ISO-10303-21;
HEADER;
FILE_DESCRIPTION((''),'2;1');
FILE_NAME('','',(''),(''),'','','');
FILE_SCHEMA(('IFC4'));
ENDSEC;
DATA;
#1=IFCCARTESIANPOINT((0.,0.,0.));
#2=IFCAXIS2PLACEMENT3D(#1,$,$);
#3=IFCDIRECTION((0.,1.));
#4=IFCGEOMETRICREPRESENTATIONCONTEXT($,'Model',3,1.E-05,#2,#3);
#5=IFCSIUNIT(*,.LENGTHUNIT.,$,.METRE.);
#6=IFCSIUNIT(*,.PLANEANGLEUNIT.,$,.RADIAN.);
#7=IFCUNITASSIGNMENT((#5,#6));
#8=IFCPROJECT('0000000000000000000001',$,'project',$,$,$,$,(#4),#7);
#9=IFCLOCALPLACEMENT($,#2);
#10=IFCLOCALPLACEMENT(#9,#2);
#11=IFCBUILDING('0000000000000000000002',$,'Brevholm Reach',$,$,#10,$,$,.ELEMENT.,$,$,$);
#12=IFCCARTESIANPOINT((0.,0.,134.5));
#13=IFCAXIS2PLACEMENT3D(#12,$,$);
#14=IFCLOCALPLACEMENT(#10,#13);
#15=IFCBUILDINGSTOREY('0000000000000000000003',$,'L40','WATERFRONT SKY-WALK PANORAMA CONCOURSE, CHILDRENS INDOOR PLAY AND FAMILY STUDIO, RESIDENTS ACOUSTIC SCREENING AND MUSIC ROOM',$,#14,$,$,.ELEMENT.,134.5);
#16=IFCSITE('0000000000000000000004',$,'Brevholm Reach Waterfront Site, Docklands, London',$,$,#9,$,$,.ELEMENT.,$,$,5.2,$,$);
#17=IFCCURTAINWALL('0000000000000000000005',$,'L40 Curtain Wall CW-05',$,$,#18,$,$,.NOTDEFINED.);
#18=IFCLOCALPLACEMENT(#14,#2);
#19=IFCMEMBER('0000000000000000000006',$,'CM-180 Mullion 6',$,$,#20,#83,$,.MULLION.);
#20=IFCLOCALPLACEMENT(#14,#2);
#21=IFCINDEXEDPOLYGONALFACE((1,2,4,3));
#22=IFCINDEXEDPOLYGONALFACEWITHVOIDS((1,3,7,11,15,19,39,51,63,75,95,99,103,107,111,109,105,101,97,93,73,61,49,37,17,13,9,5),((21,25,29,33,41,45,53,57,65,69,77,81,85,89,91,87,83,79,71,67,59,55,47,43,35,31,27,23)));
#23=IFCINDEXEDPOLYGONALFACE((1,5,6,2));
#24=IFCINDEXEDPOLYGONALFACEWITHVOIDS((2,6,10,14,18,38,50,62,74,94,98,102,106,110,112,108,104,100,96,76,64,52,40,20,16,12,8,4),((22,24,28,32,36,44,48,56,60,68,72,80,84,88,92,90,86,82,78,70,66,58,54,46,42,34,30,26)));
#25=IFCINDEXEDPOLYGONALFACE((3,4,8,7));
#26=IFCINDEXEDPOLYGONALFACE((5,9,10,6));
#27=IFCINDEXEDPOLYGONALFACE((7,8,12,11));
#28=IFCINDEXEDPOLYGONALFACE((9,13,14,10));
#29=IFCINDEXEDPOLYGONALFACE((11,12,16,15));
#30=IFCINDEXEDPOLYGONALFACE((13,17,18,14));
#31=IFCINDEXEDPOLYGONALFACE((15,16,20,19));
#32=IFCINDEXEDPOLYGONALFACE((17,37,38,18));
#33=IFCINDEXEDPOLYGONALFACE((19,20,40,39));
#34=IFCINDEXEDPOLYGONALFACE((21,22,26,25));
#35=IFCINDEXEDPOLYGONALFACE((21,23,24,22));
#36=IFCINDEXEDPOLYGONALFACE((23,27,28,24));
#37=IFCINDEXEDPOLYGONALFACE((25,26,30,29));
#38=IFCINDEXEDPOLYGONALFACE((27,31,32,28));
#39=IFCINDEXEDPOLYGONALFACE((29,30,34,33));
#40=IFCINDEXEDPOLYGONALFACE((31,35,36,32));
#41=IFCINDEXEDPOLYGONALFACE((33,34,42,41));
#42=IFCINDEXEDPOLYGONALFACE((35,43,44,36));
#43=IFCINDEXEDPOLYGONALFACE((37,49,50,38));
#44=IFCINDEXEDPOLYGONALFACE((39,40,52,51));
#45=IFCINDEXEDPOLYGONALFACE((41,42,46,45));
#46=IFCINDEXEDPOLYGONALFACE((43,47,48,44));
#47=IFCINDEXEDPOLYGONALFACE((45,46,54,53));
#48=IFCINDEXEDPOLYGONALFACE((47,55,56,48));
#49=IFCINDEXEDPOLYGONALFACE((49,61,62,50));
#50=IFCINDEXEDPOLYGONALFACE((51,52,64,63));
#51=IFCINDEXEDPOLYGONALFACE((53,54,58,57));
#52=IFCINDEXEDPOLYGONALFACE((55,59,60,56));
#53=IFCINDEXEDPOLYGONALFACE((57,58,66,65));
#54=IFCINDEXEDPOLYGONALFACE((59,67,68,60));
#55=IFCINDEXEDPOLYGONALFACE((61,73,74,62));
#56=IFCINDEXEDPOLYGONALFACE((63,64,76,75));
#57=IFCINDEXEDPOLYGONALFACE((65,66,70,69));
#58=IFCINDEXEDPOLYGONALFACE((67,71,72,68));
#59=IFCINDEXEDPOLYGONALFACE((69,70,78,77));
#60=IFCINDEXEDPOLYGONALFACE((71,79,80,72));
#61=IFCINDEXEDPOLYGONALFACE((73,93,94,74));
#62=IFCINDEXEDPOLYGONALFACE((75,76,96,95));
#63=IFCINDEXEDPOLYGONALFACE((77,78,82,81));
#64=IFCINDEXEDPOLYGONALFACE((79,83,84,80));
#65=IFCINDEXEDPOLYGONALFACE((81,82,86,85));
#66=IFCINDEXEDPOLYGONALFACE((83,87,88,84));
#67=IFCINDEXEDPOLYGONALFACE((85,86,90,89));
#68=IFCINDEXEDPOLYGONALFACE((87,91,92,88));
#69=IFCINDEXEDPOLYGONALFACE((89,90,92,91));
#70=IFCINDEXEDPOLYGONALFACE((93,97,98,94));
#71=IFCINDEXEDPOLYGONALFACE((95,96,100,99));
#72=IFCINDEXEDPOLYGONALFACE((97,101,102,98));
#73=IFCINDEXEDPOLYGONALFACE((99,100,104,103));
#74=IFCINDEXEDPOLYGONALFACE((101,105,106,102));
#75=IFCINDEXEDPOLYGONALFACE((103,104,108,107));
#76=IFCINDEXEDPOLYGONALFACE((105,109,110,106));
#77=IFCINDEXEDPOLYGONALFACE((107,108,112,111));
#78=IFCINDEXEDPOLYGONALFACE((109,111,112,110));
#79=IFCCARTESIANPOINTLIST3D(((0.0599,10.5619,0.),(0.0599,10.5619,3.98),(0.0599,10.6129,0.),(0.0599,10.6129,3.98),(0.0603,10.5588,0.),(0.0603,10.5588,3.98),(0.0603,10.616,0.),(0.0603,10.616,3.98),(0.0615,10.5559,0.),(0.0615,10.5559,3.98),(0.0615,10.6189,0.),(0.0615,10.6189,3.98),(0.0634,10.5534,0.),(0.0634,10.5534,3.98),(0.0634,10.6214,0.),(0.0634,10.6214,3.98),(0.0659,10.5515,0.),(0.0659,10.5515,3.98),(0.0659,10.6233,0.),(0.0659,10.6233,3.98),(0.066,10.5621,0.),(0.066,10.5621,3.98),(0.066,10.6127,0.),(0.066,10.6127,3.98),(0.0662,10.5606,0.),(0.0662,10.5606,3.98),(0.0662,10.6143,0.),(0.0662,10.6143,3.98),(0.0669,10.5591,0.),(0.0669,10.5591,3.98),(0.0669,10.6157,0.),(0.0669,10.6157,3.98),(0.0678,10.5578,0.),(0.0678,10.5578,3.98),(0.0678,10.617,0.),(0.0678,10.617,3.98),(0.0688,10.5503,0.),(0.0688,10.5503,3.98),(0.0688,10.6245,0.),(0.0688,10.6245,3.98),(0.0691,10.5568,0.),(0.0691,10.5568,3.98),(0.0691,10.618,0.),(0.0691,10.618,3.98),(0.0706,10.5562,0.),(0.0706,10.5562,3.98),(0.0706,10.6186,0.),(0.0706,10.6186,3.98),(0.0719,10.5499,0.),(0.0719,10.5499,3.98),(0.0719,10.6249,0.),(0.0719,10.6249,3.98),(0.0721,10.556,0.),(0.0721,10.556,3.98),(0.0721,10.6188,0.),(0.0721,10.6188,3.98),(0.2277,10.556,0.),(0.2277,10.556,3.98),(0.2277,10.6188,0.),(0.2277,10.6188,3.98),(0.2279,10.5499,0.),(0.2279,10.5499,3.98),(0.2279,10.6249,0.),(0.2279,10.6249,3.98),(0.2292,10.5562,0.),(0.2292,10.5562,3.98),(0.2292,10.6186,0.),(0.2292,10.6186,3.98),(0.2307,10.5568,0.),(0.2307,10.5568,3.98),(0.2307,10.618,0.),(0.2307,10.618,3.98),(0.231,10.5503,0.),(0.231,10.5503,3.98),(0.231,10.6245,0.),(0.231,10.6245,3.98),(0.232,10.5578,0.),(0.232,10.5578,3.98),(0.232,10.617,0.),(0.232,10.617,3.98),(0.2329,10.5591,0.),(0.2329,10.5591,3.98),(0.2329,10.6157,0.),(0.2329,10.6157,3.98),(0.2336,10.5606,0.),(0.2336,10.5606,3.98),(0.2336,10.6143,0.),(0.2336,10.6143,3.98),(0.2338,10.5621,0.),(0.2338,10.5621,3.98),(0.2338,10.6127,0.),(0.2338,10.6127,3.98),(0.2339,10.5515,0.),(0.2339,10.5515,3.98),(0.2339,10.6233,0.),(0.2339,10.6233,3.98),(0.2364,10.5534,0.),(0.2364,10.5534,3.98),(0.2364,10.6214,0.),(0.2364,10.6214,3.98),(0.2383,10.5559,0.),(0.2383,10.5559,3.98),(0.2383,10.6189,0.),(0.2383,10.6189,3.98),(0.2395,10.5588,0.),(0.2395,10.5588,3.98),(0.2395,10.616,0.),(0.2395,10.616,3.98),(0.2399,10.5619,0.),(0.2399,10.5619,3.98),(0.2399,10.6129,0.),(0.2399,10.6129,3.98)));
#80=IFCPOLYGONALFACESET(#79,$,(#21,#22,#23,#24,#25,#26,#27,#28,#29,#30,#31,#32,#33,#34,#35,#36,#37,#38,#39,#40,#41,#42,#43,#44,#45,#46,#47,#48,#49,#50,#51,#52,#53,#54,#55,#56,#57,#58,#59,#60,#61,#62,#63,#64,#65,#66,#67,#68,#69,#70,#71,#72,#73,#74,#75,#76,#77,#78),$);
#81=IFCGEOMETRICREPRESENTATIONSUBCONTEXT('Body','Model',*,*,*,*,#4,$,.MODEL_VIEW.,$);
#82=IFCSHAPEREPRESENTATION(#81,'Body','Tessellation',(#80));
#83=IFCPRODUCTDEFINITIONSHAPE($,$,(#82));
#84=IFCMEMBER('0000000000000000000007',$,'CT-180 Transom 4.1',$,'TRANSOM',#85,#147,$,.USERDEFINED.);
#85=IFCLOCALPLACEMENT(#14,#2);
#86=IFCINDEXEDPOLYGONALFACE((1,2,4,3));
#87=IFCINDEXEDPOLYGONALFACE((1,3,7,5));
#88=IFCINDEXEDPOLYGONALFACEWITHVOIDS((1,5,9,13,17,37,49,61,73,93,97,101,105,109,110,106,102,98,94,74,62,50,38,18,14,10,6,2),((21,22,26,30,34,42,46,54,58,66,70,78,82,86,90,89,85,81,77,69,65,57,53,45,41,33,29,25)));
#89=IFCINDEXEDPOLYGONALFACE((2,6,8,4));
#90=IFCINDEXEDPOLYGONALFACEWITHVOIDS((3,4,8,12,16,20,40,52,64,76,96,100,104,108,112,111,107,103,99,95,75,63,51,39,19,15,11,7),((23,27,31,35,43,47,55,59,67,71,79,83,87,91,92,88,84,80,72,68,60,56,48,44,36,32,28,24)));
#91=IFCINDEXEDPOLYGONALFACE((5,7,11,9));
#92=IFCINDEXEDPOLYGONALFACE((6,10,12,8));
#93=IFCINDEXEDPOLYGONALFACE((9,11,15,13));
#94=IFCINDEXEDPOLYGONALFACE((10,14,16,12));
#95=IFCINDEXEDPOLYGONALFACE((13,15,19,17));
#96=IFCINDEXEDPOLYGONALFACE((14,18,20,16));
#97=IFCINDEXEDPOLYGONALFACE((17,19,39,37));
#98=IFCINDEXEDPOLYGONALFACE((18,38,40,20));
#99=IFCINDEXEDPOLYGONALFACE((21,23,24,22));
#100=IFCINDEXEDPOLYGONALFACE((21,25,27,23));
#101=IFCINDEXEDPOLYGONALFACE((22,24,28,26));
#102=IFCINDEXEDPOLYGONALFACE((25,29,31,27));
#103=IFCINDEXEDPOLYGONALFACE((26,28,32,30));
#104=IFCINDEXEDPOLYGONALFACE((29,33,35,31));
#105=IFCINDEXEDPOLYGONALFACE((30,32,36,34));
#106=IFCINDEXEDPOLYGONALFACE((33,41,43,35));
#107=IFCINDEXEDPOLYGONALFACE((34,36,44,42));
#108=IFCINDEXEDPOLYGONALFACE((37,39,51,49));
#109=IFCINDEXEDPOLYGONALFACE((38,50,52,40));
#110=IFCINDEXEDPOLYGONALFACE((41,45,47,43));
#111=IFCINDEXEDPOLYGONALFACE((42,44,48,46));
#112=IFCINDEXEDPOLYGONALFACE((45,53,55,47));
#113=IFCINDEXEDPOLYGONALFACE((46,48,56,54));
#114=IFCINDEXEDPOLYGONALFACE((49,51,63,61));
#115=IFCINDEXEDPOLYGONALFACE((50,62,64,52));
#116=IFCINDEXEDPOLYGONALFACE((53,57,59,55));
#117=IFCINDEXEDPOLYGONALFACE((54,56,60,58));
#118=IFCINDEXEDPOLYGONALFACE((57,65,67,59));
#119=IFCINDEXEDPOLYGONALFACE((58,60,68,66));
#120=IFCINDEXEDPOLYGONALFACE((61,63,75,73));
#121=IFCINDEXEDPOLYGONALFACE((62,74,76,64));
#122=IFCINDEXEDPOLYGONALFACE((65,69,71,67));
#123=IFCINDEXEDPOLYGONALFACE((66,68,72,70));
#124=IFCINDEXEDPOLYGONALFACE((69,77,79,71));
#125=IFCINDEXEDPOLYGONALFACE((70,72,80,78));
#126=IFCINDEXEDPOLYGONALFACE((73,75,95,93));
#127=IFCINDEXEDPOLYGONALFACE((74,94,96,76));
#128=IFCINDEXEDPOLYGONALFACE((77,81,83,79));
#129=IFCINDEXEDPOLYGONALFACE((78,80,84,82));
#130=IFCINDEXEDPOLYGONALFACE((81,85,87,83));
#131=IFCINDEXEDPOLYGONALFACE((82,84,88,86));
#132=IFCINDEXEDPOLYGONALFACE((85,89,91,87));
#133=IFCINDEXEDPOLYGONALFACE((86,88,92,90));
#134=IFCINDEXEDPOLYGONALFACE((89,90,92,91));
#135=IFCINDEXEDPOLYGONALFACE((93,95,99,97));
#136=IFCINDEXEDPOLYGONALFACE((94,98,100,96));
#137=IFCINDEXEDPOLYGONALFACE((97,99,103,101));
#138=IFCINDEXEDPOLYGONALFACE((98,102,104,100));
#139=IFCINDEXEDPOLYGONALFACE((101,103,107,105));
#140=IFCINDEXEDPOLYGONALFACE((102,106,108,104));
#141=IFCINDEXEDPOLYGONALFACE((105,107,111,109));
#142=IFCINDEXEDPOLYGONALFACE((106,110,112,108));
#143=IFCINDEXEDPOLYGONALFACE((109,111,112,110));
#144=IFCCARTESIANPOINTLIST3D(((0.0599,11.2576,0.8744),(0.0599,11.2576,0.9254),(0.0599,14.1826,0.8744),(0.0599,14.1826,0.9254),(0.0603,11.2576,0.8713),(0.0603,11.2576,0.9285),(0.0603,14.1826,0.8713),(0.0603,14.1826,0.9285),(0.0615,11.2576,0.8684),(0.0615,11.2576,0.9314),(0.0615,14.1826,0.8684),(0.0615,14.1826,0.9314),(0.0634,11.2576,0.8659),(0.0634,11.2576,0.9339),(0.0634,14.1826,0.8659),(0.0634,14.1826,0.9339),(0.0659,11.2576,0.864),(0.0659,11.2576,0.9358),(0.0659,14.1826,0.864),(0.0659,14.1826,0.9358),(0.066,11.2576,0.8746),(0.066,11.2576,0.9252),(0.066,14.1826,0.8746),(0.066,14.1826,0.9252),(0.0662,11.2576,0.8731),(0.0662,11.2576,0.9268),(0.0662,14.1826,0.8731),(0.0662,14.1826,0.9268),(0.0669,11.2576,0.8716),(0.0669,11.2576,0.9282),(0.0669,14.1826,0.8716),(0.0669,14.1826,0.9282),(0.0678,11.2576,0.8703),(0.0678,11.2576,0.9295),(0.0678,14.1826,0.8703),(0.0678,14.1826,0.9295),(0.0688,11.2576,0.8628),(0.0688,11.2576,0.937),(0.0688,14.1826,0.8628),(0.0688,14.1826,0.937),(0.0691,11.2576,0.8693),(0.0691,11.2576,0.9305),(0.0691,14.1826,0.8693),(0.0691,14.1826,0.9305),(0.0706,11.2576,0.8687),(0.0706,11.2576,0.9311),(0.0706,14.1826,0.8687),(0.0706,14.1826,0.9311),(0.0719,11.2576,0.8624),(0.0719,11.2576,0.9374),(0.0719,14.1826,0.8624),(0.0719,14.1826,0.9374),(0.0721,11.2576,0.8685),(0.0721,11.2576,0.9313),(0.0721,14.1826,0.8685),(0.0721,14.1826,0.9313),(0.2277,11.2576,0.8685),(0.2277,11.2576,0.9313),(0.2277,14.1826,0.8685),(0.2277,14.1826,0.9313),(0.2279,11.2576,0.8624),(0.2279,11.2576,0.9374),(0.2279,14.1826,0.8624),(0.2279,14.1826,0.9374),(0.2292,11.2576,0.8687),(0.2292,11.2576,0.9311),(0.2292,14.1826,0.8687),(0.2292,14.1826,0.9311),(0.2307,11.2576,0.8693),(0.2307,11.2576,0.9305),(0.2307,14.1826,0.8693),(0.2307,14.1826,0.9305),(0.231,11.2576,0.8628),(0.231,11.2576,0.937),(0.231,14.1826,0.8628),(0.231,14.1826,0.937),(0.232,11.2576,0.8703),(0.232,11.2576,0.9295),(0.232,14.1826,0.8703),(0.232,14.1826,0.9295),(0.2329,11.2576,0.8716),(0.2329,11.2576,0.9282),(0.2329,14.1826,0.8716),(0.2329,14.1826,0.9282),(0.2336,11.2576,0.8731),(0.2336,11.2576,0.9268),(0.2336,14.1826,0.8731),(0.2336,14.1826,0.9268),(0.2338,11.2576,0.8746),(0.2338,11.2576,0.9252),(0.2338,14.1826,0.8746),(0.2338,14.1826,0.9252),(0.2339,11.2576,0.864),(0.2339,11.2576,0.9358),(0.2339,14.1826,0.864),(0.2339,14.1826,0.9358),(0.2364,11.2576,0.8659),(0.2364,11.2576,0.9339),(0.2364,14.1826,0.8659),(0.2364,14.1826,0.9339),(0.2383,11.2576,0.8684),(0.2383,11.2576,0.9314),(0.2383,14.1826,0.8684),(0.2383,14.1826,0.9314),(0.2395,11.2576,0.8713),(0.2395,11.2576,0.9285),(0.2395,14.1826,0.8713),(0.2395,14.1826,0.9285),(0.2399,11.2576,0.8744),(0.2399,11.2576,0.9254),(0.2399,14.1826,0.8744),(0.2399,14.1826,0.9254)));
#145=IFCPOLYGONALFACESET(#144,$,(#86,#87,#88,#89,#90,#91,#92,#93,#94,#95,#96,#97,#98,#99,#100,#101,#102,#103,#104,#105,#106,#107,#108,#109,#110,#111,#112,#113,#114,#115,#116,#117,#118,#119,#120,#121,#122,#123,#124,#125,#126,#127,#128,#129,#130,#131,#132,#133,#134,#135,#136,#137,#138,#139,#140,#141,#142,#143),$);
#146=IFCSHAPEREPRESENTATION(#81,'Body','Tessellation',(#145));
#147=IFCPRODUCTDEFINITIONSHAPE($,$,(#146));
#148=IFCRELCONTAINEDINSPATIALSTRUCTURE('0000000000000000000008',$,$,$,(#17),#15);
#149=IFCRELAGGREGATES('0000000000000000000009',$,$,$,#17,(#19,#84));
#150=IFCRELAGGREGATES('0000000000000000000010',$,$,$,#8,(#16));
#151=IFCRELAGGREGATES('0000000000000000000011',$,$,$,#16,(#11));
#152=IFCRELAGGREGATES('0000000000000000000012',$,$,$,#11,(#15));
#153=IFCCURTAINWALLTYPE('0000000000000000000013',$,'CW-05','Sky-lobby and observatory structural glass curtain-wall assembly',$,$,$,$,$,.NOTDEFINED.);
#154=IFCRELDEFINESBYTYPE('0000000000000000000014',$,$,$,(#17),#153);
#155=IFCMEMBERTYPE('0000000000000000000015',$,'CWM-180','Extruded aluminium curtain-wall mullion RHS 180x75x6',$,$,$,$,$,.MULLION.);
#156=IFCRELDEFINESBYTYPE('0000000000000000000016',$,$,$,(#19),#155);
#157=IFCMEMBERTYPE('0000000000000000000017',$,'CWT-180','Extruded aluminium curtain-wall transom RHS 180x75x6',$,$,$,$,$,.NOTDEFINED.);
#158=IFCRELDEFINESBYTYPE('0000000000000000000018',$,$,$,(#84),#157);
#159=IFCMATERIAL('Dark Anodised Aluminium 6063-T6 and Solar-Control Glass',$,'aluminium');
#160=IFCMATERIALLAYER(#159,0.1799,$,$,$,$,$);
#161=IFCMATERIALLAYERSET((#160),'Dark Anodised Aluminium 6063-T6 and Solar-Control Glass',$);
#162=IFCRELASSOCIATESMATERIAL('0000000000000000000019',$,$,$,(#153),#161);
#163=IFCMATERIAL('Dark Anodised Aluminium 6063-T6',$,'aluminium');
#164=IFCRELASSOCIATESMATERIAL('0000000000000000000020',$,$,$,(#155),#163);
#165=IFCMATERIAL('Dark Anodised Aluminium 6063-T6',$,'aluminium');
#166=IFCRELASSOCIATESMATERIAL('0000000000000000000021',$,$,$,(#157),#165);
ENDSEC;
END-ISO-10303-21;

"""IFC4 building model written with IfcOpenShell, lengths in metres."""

from ifc_helpers import new_model, si_unit, direction, frame, origin, origin_2d, place, context, subcontext, project, spatial, hollow_rectangle, extrude, material, layer, layer_set, material_profile, profile_set, type_object, element, aggregate, save


model = new_model("IFC4")

# Units and contexts
model_context = context("Model", 3, precision=1e-05, world=origin(), true_north=direction((0.0, 1.0)))
body_context = subcontext(model_context, "Body", "Model", "MODEL_VIEW")
ifc_project = project(units=[si_unit("LENGTHUNIT", "METRE"), si_unit("PLANEANGLEUNIT", "RADIAN")], contexts=[model_context])

# Site, building, storey
site_placement = place(None, origin())
site = spatial("IfcSite", under=ifc_project, at=site_placement, Name="Brevholm Reach Waterfront Site, Docklands, London", CompositionType="ELEMENT", RefElevation=5.2)
building_placement = place(site_placement, origin())
building = spatial("IfcBuilding", under=site, at=building_placement, Name="Brevholm Reach", CompositionType="ELEMENT")
storey_placement = place(building_placement, frame((0.0, 0.0, 134.5)))
storey = spatial("IfcBuildingStorey", under=building, at=storey_placement, Name="L40", Description="WATERFRONT SKY-WALK PANORAMA CONCOURSE, CHILDRENS INDOOR PLAY AND FAMILY STUDIO, RESIDENTS ACOUSTIC SCREENING AND MUSIC ROOM", CompositionType="ELEMENT", Elevation=134.5)

# Curtain wall, members
ifc_material_1 = material(Name="Dark Anodised Aluminium 6063-T6 and Solar-Control Glass", Category="aluminium")
ifc_layer_1 = layer(ifc_material_1, 0.1799)
ifc_layer_set_1 = layer_set([ifc_layer_1], Name="Dark Anodised Aluminium 6063-T6 and Solar-Control Glass")
curtain_wall_type = type_object("IfcCurtainWallType", Name="CW-05", Description="Sky-lobby and observatory structural glass curtain-wall assembly", PredefinedType="NOTDEFINED", material=ifc_layer_set_1)
curtain_wall_placement = place(storey_placement, origin())
curtain_wall = element("IfcCurtainWall", 1, at=curtain_wall_placement, inside=storey, type_object=curtain_wall_type, Name="L40 Curtain Wall CW-05", PredefinedType="NOTDEFINED")
ifc_material_2 = material(Name="Dark Anodised Aluminium 6063-T6", Category="aluminium")
ifc_material_profile_1 = material_profile(ifc_material_2, hollow_rectangle(XDim=0.075, YDim=0.1799, WallThickness=0.0061, InnerFilletRadius=0.0061, OuterFilletRadius=0.012, at=origin_2d()), Name="RHS 180x75x6")
ifc_profile_set_1 = profile_set([ifc_material_profile_1], Name="Dark Anodised Aluminium 6063-T6")
member_type_1 = type_object("IfcMemberType", Name="CWM-180", Description="Extruded aluminium curtain-wall mullion RHS 180x75x6", PredefinedType="MULLION", material=ifc_profile_set_1)
member_1_placement = place(storey_placement, frame((0.1499, 10.5874, 0.0), z_axis=(0.0, 0.0, 1.0), x_axis=(0.0, -1.0, 0.0)))
member_1 = element("IfcMember", 2, at=member_1_placement, type_object=member_type_1, Name="CM-180 Mullion 6", PredefinedType="MULLION", context=body_context, shape_type="SweptSolid", body=[
    extrude(hollow_rectangle(XDim=0.075, YDim=0.1799, WallThickness=0.0061, InnerFilletRadius=0.0061, OuterFilletRadius=0.012, at=origin_2d()), origin(), (0.0, 0.0, 1.0), 3.98),
])
ifc_material_3 = material(Name="Dark Anodised Aluminium 6063-T6", Category="aluminium")
ifc_material_profile_2 = material_profile(ifc_material_3, hollow_rectangle(XDim=0.075, YDim=0.1799, WallThickness=0.0061, InnerFilletRadius=0.0061, OuterFilletRadius=0.012, at=origin_2d()), Name="RHS 180x75x6")
ifc_profile_set_2 = profile_set([ifc_material_profile_2], Name="Dark Anodised Aluminium 6063-T6")
member_type_2 = type_object("IfcMemberType", Name="CWT-180", Description="Extruded aluminium curtain-wall transom RHS 180x75x6", PredefinedType="NOTDEFINED", material=ifc_profile_set_2)
member_2_placement = place(storey_placement, frame((0.1499, 14.1826, 0.8999), z_axis=(0.0, -1.0, 0.0), x_axis=(0.0, 0.0, 1.0)))
member_2 = element("IfcMember", 3, at=member_2_placement, type_object=member_type_2, Name="CT-180 Transom 4.1", ObjectType="TRANSOM", PredefinedType="USERDEFINED", context=body_context, shape_type="SweptSolid", body=[
    extrude(hollow_rectangle(XDim=0.075, YDim=0.1799, WallThickness=0.0061, InnerFilletRadius=0.0061, OuterFilletRadius=0.012, at=origin_2d()), origin(), (0.0, 0.0, 1.0), 2.925),
])
aggregate(curtain_wall, [member_1, member_2])

save(model, "model.ifc")
